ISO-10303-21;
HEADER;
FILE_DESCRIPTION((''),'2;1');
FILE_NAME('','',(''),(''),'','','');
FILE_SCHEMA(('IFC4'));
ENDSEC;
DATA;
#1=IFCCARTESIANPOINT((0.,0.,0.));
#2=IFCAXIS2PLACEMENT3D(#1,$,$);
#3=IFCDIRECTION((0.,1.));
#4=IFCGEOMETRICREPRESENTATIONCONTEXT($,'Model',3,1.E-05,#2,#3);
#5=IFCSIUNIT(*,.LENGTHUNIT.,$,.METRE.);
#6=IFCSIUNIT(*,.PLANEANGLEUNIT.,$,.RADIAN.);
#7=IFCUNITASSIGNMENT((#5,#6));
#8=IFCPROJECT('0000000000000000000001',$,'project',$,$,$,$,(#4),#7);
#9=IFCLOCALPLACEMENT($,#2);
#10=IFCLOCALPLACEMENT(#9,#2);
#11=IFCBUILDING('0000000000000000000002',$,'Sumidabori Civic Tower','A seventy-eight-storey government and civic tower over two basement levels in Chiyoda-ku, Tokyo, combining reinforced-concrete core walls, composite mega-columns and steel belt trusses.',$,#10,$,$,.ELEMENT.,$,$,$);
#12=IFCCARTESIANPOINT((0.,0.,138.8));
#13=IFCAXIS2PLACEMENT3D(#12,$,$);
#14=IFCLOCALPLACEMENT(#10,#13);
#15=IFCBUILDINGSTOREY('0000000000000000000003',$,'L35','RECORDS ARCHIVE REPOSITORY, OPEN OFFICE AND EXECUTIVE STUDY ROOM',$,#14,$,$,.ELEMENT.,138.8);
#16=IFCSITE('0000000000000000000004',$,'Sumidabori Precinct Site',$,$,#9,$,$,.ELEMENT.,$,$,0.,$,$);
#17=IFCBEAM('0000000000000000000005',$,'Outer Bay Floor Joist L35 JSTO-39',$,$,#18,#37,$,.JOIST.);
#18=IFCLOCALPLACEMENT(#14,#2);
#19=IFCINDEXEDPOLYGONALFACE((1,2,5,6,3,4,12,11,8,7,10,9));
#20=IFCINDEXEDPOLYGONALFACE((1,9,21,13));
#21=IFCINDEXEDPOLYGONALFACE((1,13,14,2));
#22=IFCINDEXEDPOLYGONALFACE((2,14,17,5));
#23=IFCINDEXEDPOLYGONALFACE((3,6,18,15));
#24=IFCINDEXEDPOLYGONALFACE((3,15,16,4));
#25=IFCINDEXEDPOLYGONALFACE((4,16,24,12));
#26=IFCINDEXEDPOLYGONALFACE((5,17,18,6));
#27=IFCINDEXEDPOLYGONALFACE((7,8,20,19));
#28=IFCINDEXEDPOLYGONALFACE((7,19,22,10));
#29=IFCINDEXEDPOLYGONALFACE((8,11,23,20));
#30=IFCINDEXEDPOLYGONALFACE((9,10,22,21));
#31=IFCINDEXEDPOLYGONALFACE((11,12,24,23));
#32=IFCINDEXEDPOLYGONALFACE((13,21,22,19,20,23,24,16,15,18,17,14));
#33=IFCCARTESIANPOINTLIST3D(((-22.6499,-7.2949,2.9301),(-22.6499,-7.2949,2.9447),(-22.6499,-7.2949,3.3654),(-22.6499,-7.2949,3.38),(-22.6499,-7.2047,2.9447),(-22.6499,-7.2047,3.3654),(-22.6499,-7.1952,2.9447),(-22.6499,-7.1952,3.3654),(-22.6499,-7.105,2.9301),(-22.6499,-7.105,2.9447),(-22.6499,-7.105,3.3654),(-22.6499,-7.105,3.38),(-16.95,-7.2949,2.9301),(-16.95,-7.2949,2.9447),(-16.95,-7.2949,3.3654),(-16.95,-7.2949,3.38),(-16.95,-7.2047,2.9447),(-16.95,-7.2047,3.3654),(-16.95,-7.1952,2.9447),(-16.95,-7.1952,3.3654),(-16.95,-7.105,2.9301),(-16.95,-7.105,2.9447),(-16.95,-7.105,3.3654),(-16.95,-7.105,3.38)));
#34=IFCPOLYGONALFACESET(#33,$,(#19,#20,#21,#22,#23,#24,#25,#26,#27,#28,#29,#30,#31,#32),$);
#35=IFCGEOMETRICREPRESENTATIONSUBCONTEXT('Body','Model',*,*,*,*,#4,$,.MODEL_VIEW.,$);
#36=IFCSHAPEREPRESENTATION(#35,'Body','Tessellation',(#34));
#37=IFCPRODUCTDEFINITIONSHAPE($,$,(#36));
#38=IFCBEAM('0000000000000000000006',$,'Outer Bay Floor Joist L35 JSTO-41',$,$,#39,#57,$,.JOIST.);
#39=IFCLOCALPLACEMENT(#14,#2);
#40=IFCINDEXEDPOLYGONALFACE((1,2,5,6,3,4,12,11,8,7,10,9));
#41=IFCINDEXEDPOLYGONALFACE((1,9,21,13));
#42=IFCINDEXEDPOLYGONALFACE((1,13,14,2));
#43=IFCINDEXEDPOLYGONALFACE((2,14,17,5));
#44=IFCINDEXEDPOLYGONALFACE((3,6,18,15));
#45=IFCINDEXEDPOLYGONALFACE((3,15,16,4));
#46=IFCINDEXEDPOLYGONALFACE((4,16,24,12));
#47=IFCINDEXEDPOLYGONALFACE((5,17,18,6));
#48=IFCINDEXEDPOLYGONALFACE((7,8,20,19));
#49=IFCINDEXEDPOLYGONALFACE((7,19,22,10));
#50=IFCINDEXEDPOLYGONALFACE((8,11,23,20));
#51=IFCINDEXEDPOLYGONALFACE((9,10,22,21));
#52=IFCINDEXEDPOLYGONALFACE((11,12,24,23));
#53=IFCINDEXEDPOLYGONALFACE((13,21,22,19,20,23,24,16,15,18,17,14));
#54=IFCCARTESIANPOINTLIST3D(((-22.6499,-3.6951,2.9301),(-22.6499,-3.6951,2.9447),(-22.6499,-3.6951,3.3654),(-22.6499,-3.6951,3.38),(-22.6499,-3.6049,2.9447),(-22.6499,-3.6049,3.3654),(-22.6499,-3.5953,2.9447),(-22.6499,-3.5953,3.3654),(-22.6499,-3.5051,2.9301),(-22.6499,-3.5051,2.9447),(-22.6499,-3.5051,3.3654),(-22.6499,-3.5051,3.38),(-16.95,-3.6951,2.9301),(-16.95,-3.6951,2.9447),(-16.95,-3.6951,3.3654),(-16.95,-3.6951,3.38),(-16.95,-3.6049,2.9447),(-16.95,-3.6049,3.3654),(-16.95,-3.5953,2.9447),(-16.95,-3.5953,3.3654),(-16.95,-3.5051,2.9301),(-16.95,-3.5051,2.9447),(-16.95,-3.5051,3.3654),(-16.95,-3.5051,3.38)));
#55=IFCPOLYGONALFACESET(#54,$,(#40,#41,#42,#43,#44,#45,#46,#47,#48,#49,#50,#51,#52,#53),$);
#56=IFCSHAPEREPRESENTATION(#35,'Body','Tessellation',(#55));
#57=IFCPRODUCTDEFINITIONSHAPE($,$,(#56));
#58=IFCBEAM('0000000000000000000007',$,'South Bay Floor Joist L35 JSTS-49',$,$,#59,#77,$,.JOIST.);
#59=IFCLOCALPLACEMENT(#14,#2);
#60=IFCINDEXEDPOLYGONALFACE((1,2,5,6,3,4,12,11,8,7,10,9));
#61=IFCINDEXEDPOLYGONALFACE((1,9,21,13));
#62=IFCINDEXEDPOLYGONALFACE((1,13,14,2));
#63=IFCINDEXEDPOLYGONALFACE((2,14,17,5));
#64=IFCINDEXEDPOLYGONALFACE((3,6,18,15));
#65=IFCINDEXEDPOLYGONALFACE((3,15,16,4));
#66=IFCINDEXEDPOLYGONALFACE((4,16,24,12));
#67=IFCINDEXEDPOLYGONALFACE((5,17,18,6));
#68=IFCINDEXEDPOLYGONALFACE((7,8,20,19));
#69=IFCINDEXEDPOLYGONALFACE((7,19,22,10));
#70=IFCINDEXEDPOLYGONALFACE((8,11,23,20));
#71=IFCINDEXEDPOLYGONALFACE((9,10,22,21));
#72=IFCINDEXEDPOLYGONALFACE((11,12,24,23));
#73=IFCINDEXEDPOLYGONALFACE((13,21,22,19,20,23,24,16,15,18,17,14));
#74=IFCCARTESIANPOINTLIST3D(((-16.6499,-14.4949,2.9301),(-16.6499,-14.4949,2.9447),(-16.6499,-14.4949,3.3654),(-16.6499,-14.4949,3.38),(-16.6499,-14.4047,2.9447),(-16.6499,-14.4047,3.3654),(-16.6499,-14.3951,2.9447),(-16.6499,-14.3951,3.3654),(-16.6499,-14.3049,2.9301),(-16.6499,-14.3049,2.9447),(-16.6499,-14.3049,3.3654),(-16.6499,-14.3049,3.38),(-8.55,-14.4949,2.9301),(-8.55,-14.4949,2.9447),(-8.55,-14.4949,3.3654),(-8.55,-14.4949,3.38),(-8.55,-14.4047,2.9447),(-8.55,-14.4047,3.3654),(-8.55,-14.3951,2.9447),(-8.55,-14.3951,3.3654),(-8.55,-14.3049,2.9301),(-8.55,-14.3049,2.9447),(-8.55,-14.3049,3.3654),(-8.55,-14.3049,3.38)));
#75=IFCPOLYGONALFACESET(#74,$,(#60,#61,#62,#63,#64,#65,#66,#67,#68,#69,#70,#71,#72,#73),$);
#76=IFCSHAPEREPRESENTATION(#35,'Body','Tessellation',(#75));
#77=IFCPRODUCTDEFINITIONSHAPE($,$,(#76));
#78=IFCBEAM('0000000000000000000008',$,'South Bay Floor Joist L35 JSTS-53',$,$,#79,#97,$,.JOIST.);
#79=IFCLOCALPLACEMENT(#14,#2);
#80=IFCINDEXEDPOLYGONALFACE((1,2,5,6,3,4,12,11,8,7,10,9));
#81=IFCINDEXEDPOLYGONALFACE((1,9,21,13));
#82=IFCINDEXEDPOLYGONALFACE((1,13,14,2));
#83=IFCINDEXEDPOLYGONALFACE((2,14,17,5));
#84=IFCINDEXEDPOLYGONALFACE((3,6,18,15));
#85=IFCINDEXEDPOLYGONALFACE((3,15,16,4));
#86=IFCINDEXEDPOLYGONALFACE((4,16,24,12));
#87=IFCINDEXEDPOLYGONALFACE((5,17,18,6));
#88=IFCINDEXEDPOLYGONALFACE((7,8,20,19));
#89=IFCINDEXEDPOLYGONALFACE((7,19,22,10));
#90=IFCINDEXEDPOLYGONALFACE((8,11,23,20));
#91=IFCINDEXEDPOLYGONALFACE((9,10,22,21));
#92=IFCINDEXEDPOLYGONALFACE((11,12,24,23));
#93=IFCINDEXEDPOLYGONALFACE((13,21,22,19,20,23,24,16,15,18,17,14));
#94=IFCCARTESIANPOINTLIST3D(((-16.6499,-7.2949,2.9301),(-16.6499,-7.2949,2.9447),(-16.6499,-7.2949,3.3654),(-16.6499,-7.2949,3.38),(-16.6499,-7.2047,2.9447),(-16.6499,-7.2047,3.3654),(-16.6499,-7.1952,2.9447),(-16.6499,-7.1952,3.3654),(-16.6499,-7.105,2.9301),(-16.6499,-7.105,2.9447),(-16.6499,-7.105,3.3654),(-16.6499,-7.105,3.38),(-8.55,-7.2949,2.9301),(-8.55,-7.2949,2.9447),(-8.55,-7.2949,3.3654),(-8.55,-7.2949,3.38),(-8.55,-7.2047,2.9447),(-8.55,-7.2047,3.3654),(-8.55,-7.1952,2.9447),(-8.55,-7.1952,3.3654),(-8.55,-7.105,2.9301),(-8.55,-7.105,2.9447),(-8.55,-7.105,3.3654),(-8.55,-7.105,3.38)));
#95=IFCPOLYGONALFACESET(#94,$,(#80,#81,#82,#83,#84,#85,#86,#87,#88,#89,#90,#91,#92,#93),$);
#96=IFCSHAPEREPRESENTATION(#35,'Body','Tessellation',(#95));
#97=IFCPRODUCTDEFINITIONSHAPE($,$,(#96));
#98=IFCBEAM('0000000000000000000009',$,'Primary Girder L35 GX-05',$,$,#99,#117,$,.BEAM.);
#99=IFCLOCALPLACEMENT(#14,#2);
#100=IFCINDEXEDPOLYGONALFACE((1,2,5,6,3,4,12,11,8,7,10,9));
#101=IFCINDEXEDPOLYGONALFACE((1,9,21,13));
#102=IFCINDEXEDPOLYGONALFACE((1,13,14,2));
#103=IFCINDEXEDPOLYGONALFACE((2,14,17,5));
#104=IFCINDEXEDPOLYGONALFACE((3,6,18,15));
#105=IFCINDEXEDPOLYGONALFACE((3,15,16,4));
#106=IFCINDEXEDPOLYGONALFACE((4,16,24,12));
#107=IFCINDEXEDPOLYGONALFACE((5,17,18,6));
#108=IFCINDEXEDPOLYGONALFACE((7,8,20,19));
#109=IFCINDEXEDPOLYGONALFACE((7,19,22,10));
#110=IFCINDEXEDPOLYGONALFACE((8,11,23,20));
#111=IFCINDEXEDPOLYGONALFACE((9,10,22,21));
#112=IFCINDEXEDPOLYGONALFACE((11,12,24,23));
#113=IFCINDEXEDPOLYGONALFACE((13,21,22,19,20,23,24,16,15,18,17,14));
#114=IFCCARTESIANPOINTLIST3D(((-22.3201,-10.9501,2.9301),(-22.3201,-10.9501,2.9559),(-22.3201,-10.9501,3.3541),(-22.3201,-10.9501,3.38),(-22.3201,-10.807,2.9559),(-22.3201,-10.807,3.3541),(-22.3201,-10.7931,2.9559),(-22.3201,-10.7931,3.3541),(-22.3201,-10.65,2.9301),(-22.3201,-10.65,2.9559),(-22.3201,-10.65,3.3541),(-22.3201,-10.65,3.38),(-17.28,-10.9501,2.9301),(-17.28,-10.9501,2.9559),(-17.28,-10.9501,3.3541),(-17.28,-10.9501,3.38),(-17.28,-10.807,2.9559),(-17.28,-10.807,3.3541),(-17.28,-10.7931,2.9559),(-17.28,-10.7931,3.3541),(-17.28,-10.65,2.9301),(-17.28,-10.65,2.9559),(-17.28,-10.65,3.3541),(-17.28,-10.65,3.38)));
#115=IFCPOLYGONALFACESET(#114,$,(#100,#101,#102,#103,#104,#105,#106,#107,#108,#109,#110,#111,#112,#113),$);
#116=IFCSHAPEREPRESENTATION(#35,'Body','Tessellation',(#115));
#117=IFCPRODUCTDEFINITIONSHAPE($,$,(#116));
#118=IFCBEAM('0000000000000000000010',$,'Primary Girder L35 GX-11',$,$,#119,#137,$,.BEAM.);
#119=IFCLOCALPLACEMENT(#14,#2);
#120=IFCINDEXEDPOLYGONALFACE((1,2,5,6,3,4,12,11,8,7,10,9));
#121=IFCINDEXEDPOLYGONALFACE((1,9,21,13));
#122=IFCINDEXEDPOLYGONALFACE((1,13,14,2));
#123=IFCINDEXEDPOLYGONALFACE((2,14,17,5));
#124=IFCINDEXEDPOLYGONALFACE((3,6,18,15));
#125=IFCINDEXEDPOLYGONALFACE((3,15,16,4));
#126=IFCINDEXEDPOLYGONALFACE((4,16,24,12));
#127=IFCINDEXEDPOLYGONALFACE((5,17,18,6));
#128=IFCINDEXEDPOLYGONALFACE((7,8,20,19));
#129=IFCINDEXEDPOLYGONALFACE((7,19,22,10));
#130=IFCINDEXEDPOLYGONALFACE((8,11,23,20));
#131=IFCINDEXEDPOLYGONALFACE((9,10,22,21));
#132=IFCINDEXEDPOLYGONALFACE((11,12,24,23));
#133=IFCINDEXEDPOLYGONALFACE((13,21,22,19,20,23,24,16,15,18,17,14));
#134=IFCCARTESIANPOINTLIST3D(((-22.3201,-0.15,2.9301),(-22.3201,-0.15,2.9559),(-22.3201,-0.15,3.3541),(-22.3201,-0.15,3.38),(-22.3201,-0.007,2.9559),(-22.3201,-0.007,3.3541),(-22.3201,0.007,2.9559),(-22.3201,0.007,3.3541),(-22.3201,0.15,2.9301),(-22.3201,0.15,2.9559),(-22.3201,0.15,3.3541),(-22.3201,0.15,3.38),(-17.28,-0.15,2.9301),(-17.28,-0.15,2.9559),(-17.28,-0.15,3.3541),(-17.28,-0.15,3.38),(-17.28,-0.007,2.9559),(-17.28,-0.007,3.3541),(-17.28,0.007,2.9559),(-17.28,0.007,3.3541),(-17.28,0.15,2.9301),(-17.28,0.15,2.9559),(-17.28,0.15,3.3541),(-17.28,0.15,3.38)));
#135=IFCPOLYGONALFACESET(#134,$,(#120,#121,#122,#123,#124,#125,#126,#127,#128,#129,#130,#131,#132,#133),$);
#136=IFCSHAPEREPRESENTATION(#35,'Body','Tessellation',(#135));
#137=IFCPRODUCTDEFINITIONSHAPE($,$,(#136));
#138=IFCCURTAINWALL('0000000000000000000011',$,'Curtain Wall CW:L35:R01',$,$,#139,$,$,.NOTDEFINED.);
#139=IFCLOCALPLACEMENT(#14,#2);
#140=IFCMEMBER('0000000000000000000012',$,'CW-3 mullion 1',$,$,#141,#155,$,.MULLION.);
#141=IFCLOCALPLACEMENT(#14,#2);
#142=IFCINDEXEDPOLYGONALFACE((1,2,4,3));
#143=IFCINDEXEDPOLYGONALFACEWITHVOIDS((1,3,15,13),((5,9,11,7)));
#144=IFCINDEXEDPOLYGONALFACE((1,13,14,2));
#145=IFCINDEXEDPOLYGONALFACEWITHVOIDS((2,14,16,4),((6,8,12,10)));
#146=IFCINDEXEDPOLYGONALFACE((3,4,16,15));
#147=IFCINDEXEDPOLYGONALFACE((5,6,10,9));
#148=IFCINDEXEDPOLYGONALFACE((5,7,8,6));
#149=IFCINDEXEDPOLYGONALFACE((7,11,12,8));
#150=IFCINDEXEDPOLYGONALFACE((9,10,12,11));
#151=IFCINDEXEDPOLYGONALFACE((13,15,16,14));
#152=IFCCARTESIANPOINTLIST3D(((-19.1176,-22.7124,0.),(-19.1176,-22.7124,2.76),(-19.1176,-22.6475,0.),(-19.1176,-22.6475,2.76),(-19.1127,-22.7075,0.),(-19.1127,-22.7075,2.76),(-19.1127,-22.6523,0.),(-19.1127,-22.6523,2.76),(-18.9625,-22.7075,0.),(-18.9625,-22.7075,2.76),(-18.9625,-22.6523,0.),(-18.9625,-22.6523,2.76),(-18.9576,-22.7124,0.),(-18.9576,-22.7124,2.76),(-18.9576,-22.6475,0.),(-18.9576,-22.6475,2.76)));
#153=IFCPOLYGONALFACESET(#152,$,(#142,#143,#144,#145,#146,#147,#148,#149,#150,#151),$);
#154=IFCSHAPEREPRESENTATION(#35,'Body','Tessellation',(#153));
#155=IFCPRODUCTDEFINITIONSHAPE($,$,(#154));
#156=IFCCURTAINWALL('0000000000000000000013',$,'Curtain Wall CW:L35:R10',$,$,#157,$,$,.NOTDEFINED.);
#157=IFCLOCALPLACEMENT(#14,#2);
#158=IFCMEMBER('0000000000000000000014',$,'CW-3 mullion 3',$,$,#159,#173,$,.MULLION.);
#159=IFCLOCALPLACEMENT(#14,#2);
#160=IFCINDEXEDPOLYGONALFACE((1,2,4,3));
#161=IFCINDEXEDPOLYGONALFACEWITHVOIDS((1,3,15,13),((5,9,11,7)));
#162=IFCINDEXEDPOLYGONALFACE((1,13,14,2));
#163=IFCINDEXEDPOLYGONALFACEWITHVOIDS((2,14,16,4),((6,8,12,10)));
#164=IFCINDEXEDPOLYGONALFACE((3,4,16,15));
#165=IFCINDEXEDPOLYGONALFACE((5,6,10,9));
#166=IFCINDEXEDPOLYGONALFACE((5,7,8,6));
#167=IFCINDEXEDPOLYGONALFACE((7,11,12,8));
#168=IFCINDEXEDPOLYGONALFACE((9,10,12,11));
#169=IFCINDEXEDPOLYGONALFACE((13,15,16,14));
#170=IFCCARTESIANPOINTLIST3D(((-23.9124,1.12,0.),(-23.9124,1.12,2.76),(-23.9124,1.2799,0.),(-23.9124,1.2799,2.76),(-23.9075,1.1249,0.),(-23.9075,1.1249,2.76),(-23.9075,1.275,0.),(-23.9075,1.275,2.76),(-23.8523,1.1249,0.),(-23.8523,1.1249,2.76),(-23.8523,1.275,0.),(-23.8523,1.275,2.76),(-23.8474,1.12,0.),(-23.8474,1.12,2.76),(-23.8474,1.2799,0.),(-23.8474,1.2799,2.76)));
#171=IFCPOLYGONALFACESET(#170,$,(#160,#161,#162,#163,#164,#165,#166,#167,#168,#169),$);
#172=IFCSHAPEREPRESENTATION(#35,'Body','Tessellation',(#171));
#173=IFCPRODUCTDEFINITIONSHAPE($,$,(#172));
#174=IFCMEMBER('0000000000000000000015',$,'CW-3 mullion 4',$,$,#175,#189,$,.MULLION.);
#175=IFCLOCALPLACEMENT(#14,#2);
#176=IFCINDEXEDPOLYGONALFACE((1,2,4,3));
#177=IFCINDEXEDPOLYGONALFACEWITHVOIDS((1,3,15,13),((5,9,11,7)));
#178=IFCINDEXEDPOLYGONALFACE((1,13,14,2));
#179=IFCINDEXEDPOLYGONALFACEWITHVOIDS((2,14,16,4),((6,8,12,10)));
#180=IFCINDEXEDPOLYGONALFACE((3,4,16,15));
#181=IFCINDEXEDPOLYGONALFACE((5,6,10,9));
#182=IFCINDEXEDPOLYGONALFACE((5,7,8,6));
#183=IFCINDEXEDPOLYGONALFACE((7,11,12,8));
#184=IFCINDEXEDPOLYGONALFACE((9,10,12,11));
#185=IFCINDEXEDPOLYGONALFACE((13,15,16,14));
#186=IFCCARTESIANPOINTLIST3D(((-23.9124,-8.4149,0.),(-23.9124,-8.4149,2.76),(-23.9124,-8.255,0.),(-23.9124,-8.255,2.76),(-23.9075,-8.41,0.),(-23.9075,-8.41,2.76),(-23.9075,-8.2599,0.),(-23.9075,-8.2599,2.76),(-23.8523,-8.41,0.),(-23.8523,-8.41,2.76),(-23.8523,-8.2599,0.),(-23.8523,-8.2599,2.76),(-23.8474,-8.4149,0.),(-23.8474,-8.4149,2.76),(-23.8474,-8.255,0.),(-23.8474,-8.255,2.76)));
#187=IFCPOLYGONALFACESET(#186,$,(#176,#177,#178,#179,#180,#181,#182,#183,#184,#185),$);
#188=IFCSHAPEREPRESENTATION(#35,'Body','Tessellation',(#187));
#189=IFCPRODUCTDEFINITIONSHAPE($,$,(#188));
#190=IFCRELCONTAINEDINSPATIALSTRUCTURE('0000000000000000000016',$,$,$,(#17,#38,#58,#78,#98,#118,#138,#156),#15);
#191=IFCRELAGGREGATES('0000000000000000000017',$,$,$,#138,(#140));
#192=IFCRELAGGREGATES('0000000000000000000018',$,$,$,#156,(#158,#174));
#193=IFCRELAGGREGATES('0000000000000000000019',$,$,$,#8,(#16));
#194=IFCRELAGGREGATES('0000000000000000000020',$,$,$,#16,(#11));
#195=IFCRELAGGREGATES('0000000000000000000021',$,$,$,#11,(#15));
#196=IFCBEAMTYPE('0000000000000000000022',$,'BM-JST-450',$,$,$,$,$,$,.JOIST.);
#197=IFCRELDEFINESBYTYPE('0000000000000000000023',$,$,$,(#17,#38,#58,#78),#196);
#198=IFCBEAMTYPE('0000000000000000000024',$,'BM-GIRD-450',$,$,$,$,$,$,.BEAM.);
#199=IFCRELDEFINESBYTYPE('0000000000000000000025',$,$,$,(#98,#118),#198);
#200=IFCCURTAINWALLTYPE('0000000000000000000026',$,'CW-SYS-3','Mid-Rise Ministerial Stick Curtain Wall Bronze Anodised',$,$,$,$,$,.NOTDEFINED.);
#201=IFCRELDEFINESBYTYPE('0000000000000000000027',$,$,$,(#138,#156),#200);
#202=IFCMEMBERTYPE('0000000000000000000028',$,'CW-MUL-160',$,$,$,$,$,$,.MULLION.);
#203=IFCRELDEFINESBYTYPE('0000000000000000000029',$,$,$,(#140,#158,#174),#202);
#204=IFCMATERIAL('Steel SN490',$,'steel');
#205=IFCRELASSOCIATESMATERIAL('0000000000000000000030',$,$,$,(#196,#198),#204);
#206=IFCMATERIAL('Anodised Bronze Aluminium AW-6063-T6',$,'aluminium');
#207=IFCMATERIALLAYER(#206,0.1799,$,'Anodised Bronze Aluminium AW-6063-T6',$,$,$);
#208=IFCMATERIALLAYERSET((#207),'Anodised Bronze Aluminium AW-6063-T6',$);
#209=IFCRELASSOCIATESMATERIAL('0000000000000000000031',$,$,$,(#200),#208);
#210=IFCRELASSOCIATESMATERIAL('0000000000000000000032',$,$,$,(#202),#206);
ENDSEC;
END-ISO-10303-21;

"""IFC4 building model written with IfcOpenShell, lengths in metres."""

from ifc_helpers import new_model, si_unit, direction, frame, origin, origin_2d, place, context, subcontext, project, spatial, hollow_rectangle, i_section, extrude, source, transform, mapped, material, layer, layer_set, material_profile, profile_set, type_object, element, aggregate, save


model = new_model("IFC4")

# Units and contexts
model_context = context("Model", 3, precision=1e-05, world=origin(), true_north=direction((0.0, 1.0)))
body_context = subcontext(model_context, "Body", "Model", "MODEL_VIEW")
ifc_project = project(units=[si_unit("LENGTHUNIT", "METRE"), si_unit("PLANEANGLEUNIT", "RADIAN")], contexts=[model_context])

# Site, building, storey
site_placement = place(None, origin())
site = spatial("IfcSite", under=ifc_project, at=site_placement, Name="Sumidabori Precinct Site", CompositionType="ELEMENT", RefElevation=0.0)
building_placement = place(site_placement, origin())
building = spatial("IfcBuilding", under=site, at=building_placement, Name="Sumidabori Civic Tower", Description="A seventy-eight-storey government and civic tower over two basement levels in Chiyoda-ku, Tokyo, combining reinforced-concrete core walls, composite mega-columns and steel belt trusses.", CompositionType="ELEMENT")
storey_placement = place(building_placement, frame((0.0, 0.0, 138.8)))
storey = spatial("IfcBuildingStorey", under=building, at=storey_placement, Name="L35", Description="RECORDS ARCHIVE REPOSITORY, OPEN OFFICE AND EXECUTIVE STUDY ROOM", CompositionType="ELEMENT", Elevation=138.8)

# Beams
ifc_material_1 = material(Name="Steel SN490", Category="steel")
ifc_material_profile_1 = material_profile(ifc_material_1, i_section(OverallWidth=0.1899, OverallDepth=0.45, WebThickness=0.0095, FlangeThickness=0.0146, at=origin_2d()), Name="IPE 450")
ifc_profile_set_1 = profile_set([ifc_material_profile_1], Name="Steel SN490")
beam_type_1 = type_object("IfcBeamType", Name="BM-JST-450", PredefinedType="JOIST", material=ifc_profile_set_1)
shared_shape_1 = source(origin(), body_context, "Body", "SweptSolid", [
    extrude(i_section(OverallWidth=0.1899, OverallDepth=0.45, WebThickness=0.0095, FlangeThickness=0.0146, at=origin_2d()), origin(), (0.0, 0.0, 1.0), 5.7),
])
for number, where, z_axis, x_axis, name in (
    (1, (-22.6499, -7.2, 3.155), (1.0, 0.0, 0.0), (0.0, 1.0, 0.0), "Outer Bay Floor Joist L35 JSTO-39"),
    (2, (-22.6499, -3.6001, 3.155), (1.0, 0.0, 0.0), (0.0, 1.0, 0.0), "Outer Bay Floor Joist L35 JSTO-41"),
):
    element("IfcBeam", number, at=place(storey_placement, frame(where, z_axis=z_axis, x_axis=x_axis)), inside=storey, type_object=beam_type_1, Name=name, PredefinedType="JOIST", context=body_context, shape_type="MappedRepresentation", body=[
        mapped(shared_shape_1, transform((0.0, 0.0, 0.0), x_axis=(1.0, 0.0, 0.0), y_axis=(0.0, 1.0, 0.0), z_axis=(0.0, 0.0, 1.0), scale=1.0)),
    ])
shared_shape_2 = source(origin(), body_context, "Body", "SweptSolid", [
    extrude(i_section(OverallWidth=0.1899, OverallDepth=0.45, WebThickness=0.0095, FlangeThickness=0.0146, at=origin_2d()), origin(), (0.0, 0.0, 1.0), 8.0999),
])
for number, where, z_axis, x_axis, name in (
    (3, (-16.6499, -14.3999, 3.155), (1.0, 0.0, 0.0), (0.0, 1.0, 0.0), "South Bay Floor Joist L35 JSTS-49"),
    (4, (-16.6499, -7.2, 3.155), (1.0, 0.0, 0.0), (0.0, 1.0, 0.0), "South Bay Floor Joist L35 JSTS-53"),
):
    element("IfcBeam", number, at=place(storey_placement, frame(where, z_axis=z_axis, x_axis=x_axis)), inside=storey, type_object=beam_type_1, Name=name, PredefinedType="JOIST", context=body_context, shape_type="MappedRepresentation", body=[
        mapped(shared_shape_2, transform((0.0, 0.0, 0.0), x_axis=(1.0, 0.0, 0.0), y_axis=(0.0, 1.0, 0.0), z_axis=(0.0, 0.0, 1.0), scale=1.0)),
    ])
ifc_material_profile_2 = material_profile(ifc_material_1, i_section(OverallWidth=0.3, OverallDepth=0.45, WebThickness=0.0139, FlangeThickness=0.0259, at=origin_2d()), Name="HE 450 B")
ifc_profile_set_2 = profile_set([ifc_material_profile_2], Name="Steel SN490")
beam_type_2 = type_object("IfcBeamType", Name="BM-GIRD-450", PredefinedType="BEAM", material=ifc_profile_set_2)
shared_shape_3 = source(origin(), body_context, "Body", "SweptSolid", [
    extrude(i_section(OverallWidth=0.3, OverallDepth=0.45, WebThickness=0.0139, FlangeThickness=0.0259, at=origin_2d()), origin(), (0.0, 0.0, 1.0), 5.04),
])
for number, where, z_axis, x_axis, name in (
    (5, (-22.3201, -10.8, 3.155), (1.0, 0.0, 0.0), (0.0, 1.0, 0.0), "Primary Girder L35 GX-05"),
    (6, (-22.3201, 0.0, 3.155), (1.0, 0.0, 0.0), (0.0, 1.0, 0.0), "Primary Girder L35 GX-11"),
):
    element("IfcBeam", number, at=place(storey_placement, frame(where, z_axis=z_axis, x_axis=x_axis)), inside=storey, type_object=beam_type_2, Name=name, PredefinedType="BEAM", context=body_context, shape_type="MappedRepresentation", body=[
        mapped(shared_shape_3, transform((0.0, 0.0, 0.0), x_axis=(1.0, 0.0, 0.0), y_axis=(0.0, 1.0, 0.0), z_axis=(0.0, 0.0, 1.0), scale=1.0)),
    ])

# Curtain wall, member
ifc_material_2 = material(Name="Anodised Bronze Aluminium AW-6063-T6", Category="aluminium")
ifc_layer_1 = layer(ifc_material_2, 0.1799, Name="Anodised Bronze Aluminium AW-6063-T6")
ifc_layer_set_1 = layer_set([ifc_layer_1], Name="Anodised Bronze Aluminium AW-6063-T6")
curtain_wall_type = type_object("IfcCurtainWallType", Name="CW-SYS-3", Description="Mid-Rise Ministerial Stick Curtain Wall Bronze Anodised", PredefinedType="NOTDEFINED", material=ifc_layer_set_1)
curtain_wall_1_placement = place(storey_placement, origin())
curtain_wall_1 = element("IfcCurtainWall", 7, at=curtain_wall_1_placement, inside=storey, type_object=curtain_wall_type, Name="Curtain Wall CW:L35:R01", PredefinedType="NOTDEFINED")
ifc_material_profile_3 = material_profile(ifc_material_2, hollow_rectangle(XDim=0.0649, YDim=0.1599, WallThickness=0.0049, at=origin_2d()), Name="ALU MULLION 160x65")
ifc_profile_set_3 = profile_set([ifc_material_profile_3], Name="Anodised Bronze Aluminium AW-6063-T6")
member_type_1 = type_object("IfcMemberType", Name="CW-MUL-160", PredefinedType="MULLION", material=ifc_profile_set_3)
shared_shape_4 = source(origin(), body_context, "Body", "SweptSolid", [
    extrude(hollow_rectangle(XDim=0.0649, YDim=0.1599, WallThickness=0.0049, at=origin_2d()), origin(), (0.0, 0.0, 1.0), 2.76),
])
member_1_placement = place(storey_placement, frame((-19.0376, -22.6799, 0.0), z_axis=(0.0, 0.0, 1.0), x_axis=(0.0, 1.0, 0.0)))
member_1 = element("IfcMember", 8, at=member_1_placement, type_object=member_type_1, Name="CW-3 mullion 1", PredefinedType="MULLION", context=body_context, shape_type="MappedRepresentation", body=[
    mapped(shared_shape_4, transform((0.0, 0.0, 0.0), x_axis=(1.0, 0.0, 0.0), y_axis=(0.0, 1.0, 0.0), z_axis=(0.0, 0.0, 1.0), scale=1.0)),
])

# Curtain wall, members
curtain_wall_2_placement = place(storey_placement, origin())
curtain_wall_2 = element("IfcCurtainWall", 9, at=curtain_wall_2_placement, inside=storey, type_object=curtain_wall_type, Name="Curtain Wall CW:L35:R10", PredefinedType="NOTDEFINED")
member_2_placement = place(storey_placement, frame((-23.8799, 1.2, 0.0), z_axis=(0.0, 0.0, 1.0), x_axis=(1.0, 0.0, 0.0)))
member_2 = element("IfcMember", 10, at=member_2_placement, type_object=member_type_1, Name="CW-3 mullion 3", PredefinedType="MULLION", context=body_context, shape_type="MappedRepresentation", body=[
    mapped(shared_shape_4, transform((0.0, 0.0, 0.0), x_axis=(1.0, 0.0, 0.0), y_axis=(0.0, 1.0, 0.0), z_axis=(0.0, 0.0, 1.0), scale=1.0)),
])
member_3_placement = place(storey_placement, frame((-23.8799, -8.335, 0.0), z_axis=(0.0, 0.0, 1.0), x_axis=(1.0, 0.0, 0.0)))
member_3 = element("IfcMember", 11, at=member_3_placement, type_object=member_type_1, Name="CW-3 mullion 4", PredefinedType="MULLION", context=body_context, shape_type="MappedRepresentation", body=[
    mapped(shared_shape_4, transform((0.0, 0.0, 0.0), x_axis=(1.0, 0.0, 0.0), y_axis=(0.0, 1.0, 0.0), z_axis=(0.0, 0.0, 1.0), scale=1.0)),
])

aggregate(curtain_wall_1, [member_1])

aggregate(curtain_wall_2, [member_2, member_3])

save(model, "model.ifc")
